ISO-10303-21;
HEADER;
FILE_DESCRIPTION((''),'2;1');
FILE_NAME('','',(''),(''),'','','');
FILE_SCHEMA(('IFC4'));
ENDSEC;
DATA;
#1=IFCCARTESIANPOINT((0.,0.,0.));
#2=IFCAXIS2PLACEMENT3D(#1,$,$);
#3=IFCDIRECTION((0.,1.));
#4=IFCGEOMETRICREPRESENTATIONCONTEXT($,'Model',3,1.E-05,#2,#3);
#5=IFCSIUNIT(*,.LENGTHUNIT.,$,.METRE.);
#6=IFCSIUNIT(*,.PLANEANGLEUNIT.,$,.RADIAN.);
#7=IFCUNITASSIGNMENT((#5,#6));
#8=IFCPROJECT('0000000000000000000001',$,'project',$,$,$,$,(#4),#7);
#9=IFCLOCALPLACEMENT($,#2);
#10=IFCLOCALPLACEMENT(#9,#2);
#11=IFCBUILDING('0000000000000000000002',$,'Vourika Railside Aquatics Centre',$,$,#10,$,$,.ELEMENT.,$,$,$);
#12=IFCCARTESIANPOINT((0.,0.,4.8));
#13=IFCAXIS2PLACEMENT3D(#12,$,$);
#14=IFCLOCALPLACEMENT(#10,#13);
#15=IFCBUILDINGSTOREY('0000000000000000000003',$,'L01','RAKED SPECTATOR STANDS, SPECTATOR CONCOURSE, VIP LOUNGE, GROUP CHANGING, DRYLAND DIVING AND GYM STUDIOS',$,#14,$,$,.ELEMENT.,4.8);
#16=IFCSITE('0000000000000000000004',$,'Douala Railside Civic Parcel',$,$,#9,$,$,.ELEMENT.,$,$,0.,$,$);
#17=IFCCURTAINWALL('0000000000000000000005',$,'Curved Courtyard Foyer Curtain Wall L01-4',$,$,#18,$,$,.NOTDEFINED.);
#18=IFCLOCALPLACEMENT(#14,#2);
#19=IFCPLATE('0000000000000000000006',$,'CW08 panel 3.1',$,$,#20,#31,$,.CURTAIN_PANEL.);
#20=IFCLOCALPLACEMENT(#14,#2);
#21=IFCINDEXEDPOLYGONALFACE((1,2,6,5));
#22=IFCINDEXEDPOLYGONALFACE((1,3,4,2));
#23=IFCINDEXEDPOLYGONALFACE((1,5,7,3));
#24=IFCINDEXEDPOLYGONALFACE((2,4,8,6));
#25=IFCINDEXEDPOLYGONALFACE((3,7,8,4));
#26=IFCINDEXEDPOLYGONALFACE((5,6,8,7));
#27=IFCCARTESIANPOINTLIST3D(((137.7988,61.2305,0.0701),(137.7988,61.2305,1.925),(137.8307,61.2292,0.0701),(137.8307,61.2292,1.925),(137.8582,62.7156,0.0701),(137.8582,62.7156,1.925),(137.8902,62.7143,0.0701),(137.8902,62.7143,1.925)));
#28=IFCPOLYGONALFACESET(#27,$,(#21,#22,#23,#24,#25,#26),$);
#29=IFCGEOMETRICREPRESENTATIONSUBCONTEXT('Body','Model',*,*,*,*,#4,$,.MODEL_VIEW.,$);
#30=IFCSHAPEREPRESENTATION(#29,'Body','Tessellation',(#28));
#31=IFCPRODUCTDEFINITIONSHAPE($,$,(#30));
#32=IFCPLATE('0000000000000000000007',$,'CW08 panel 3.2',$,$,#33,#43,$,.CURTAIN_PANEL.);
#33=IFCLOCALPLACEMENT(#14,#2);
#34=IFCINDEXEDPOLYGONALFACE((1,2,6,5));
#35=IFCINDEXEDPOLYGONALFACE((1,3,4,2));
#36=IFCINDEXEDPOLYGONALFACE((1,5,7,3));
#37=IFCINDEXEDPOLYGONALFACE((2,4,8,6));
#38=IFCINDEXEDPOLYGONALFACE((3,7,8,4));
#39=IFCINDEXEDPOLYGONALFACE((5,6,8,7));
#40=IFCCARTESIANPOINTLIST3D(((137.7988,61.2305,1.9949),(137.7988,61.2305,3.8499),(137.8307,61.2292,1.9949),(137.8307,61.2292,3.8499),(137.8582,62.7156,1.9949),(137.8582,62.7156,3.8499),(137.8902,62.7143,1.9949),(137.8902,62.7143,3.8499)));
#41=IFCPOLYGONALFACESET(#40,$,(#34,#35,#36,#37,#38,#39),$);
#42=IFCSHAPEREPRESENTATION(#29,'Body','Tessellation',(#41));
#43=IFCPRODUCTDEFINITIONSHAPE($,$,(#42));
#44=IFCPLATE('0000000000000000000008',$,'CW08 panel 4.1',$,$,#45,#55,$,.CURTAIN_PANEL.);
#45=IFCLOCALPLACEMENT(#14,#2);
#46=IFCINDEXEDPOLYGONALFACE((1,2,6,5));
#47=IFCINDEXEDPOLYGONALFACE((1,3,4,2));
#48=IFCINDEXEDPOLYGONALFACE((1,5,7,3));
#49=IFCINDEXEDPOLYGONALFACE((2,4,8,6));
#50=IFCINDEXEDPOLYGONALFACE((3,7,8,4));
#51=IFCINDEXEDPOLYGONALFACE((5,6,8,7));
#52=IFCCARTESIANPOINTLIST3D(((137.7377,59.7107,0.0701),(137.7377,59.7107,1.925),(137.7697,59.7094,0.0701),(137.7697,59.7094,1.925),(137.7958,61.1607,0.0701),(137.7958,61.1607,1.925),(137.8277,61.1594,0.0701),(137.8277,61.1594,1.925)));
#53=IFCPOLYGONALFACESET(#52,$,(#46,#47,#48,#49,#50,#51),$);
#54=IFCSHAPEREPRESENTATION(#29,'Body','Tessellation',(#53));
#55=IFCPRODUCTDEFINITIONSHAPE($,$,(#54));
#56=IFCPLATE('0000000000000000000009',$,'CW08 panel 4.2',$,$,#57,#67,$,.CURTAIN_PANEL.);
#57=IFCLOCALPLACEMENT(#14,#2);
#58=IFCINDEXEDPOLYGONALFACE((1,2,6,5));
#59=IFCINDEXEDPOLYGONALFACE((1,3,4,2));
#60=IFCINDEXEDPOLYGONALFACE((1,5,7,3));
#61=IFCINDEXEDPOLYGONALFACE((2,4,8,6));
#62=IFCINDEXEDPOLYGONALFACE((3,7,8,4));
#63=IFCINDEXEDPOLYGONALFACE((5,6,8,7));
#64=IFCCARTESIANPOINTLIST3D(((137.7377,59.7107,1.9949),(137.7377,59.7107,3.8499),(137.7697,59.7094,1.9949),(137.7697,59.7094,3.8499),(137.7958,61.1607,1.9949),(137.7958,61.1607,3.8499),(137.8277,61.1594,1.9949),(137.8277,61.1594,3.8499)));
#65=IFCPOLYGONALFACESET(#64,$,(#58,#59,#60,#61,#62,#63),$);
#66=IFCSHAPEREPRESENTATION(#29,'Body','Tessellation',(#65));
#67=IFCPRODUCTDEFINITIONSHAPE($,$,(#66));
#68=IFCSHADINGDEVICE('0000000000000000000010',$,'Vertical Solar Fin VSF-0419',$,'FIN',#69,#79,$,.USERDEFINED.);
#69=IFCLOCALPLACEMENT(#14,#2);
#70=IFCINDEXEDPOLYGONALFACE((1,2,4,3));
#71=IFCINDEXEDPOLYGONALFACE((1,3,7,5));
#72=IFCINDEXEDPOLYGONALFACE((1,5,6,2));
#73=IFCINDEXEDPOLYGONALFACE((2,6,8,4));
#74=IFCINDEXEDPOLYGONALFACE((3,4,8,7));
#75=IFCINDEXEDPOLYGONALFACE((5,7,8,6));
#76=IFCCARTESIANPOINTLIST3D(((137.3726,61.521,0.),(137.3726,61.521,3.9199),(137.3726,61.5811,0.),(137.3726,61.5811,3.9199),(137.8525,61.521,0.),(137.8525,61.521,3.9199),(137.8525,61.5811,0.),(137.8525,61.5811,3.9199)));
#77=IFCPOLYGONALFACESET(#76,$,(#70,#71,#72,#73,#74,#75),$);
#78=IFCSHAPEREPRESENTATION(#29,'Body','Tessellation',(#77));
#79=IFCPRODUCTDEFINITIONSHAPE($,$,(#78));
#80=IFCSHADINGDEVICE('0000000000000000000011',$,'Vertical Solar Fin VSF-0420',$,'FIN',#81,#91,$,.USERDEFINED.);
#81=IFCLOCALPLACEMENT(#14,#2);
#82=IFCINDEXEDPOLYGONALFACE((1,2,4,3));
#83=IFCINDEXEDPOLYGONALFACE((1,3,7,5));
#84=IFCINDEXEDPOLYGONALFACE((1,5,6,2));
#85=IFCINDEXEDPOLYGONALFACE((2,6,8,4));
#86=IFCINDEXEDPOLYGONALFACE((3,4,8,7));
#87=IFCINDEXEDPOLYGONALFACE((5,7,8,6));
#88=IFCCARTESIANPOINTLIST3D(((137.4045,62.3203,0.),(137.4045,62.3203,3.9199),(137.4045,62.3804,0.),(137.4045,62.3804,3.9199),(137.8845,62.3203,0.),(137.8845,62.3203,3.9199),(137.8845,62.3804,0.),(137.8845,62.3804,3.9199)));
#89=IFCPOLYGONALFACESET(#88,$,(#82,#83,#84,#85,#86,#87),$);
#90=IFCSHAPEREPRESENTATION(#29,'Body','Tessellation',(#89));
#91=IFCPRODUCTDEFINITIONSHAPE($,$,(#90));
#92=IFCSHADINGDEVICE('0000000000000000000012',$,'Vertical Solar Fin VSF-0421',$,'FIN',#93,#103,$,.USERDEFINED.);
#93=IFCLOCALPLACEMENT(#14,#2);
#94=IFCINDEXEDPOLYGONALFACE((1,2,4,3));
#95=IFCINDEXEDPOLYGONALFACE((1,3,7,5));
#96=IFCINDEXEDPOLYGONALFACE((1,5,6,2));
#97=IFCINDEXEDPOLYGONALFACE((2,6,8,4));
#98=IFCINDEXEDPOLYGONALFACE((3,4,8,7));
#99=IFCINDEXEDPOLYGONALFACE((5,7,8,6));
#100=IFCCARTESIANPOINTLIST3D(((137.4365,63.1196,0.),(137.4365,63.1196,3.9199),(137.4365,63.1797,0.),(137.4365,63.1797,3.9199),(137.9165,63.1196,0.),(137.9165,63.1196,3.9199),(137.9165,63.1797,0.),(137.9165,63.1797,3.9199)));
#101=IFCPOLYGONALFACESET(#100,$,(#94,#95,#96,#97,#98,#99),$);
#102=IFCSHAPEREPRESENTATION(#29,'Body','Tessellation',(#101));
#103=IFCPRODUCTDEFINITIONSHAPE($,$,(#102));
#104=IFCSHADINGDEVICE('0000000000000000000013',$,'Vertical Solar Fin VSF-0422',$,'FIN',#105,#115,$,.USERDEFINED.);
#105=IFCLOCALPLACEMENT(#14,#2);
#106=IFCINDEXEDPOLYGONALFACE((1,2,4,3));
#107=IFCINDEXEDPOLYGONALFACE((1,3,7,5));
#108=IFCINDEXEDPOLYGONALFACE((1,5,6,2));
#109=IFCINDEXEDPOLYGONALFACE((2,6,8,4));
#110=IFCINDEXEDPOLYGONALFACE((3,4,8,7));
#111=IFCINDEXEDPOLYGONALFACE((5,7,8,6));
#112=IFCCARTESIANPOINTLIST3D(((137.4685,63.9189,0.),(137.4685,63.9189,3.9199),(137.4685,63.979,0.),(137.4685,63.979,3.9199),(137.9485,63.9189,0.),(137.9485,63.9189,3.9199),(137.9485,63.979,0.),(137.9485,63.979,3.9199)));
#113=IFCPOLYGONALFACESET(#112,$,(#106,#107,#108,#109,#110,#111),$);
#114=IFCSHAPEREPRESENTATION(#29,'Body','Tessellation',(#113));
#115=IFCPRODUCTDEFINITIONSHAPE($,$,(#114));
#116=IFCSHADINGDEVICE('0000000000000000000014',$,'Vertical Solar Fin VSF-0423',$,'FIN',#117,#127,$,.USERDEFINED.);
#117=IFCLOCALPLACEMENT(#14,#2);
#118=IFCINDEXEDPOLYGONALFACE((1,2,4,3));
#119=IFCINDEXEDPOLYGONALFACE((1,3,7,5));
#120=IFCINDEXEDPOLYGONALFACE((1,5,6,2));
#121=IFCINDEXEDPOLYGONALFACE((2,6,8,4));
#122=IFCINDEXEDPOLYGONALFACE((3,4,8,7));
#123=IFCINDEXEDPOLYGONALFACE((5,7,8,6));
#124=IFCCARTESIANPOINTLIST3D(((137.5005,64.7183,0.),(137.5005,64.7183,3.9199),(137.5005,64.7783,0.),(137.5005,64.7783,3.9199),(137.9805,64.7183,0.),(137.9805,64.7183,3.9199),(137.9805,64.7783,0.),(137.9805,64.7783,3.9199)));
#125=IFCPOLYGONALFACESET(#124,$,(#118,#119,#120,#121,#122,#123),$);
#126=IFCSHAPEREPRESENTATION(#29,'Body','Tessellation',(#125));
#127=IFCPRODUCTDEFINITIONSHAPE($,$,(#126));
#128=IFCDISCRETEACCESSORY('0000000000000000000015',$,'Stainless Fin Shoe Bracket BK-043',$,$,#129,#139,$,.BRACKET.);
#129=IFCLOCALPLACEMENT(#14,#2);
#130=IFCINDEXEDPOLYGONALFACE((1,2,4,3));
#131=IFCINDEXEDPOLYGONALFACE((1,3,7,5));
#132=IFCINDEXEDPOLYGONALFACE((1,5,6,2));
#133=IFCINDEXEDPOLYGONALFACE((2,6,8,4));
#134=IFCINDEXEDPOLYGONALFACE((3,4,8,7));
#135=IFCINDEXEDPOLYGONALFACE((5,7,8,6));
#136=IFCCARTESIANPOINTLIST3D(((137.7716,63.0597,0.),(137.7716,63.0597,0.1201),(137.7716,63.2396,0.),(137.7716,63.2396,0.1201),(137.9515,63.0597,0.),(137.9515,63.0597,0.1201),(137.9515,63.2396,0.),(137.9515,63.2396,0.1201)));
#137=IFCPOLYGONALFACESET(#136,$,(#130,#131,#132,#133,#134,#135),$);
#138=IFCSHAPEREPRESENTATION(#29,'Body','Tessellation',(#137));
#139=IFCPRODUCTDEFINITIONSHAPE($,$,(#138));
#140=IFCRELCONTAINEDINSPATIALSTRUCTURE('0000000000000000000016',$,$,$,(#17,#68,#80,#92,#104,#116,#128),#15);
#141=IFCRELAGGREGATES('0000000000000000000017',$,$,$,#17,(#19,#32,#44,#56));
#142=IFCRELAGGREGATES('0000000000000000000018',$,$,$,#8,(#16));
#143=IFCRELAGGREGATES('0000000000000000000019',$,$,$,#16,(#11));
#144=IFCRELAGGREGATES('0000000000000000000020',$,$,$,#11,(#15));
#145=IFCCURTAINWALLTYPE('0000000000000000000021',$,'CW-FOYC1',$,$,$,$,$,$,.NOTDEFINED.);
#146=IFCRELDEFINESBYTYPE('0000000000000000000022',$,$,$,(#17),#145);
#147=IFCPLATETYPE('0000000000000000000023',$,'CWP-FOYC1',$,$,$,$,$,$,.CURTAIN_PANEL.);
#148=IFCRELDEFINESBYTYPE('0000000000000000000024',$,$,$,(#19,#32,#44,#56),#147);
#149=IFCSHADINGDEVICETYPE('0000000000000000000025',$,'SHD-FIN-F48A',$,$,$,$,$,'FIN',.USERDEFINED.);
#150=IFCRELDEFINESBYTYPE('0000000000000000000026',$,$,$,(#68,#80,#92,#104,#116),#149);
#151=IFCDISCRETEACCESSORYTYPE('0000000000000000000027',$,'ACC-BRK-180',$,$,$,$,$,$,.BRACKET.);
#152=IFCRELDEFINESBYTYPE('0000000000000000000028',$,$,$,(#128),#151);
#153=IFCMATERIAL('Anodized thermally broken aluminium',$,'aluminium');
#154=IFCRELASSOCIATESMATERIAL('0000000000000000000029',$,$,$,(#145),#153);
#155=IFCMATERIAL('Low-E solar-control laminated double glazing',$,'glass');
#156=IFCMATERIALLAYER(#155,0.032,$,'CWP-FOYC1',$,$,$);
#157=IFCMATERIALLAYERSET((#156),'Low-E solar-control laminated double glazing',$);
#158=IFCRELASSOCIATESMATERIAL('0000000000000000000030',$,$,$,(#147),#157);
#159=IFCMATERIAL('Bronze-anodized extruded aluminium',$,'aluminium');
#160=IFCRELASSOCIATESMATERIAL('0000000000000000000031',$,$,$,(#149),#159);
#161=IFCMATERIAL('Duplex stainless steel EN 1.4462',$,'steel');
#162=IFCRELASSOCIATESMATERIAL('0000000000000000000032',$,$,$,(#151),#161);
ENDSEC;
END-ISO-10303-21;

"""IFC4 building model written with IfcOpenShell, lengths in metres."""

from ifc_helpers import new_model, si_unit, direction, frame, origin, origin_2d, place, context, subcontext, project, spatial, rectangle, extrude, material, layer, layer_set, material_profile, profile_set, type_object, element, aggregate, save


model = new_model("IFC4")

# Units and contexts
model_context = context("Model", 3, precision=1e-05, world=origin(), true_north=direction((0.0, 1.0)))
body_context = subcontext(model_context, "Body", "Model", "MODEL_VIEW")
ifc_project = project(units=[si_unit("LENGTHUNIT", "METRE"), si_unit("PLANEANGLEUNIT", "RADIAN")], contexts=[model_context])

# Site, building, storey
site_placement = place(None, origin())
site = spatial("IfcSite", under=ifc_project, at=site_placement, Name="Douala Railside Civic Parcel", CompositionType="ELEMENT", RefElevation=0.0)
building_placement = place(site_placement, origin())
building = spatial("IfcBuilding", under=site, at=building_placement, Name="Vourika Railside Aquatics Centre", CompositionType="ELEMENT")
storey_placement = place(building_placement, frame((0.0, 0.0, 4.8)))
storey = spatial("IfcBuildingStorey", under=building, at=storey_placement, Name="L01", Description="RAKED SPECTATOR STANDS, SPECTATOR CONCOURSE, VIP LOUNGE, GROUP CHANGING, DRYLAND DIVING AND GYM STUDIOS", CompositionType="ELEMENT", Elevation=4.8)

# Shared definitions
ifc_material_1 = material(Name="Anodized thermally broken aluminium", Category="aluminium")
curtain_wall_type = type_object("IfcCurtainWallType", Name="CW-FOYC1", PredefinedType="NOTDEFINED", material=ifc_material_1)

# Curtain wall
curtain_wall_1_placement = place(storey_placement, origin())
curtain_wall_1 = element("IfcCurtainWall", 1, at=curtain_wall_1_placement, inside=storey, type_object=curtain_wall_type, Name="Curved Courtyard Foyer Curtain Wall L01-4", PredefinedType="NOTDEFINED")

# Plates
ifc_material_2 = material(Name="Low-E solar-control laminated double glazing", Category="glass")
ifc_layer = layer(ifc_material_2, 0.032, Name="CWP-FOYC1")
ifc_layer_set = layer_set([ifc_layer], Name="Low-E solar-control laminated double glazing")
plate_type = type_object("IfcPlateType", Name="CWP-FOYC1", PredefinedType="CURTAIN_PANEL", material=ifc_layer_set)
plate_1_placement = place(storey_placement, frame((137.8445, 61.9724, 0.0701), z_axis=(0.0, 0.0, 1.0), x_axis=(-0.04, -0.9992, 0.0)))
plate_1 = element("IfcPlate", 2, at=plate_1_placement, type_object=plate_type, Name="CW08 panel 3.1", PredefinedType="CURTAIN_PANEL", context=body_context, shape_type="SweptSolid", body=[
    extrude(rectangle(XDim=1.4863, YDim=0.032, at=origin_2d()), origin(), (0.0, 0.0, 1.0), 1.855),
])
plate_2_placement = place(storey_placement, frame((137.8445, 61.9724, 1.9949), z_axis=(0.0, 0.0, 1.0), x_axis=(-0.04, -0.9992, 0.0)))
plate_2 = element("IfcPlate", 3, at=plate_2_placement, type_object=plate_type, Name="CW08 panel 3.2", PredefinedType="CURTAIN_PANEL", context=body_context, shape_type="SweptSolid", body=[
    extrude(rectangle(XDim=1.4863, YDim=0.032, at=origin_2d()), origin(), (0.0, 0.0, 1.0), 1.855),
])
plate_3_placement = place(storey_placement, frame((137.7827, 60.4351, 0.0701), z_axis=(0.0, 0.0, 1.0), x_axis=(-0.04, -0.9992, 0.0)))
plate_3 = element("IfcPlate", 4, at=plate_3_placement, type_object=plate_type, Name="CW08 panel 4.1", PredefinedType="CURTAIN_PANEL", context=body_context, shape_type="SweptSolid", body=[
    extrude(rectangle(XDim=1.4512, YDim=0.032, at=origin_2d()), origin(), (0.0, 0.0, 1.0), 1.855),
])
plate_4_placement = place(storey_placement, frame((137.7827, 60.4351, 1.9949), z_axis=(0.0, 0.0, 1.0), x_axis=(-0.04, -0.9992, 0.0)))
plate_4 = element("IfcPlate", 5, at=plate_4_placement, type_object=plate_type, Name="CW08 panel 4.2", PredefinedType="CURTAIN_PANEL", context=body_context, shape_type="SweptSolid", body=[
    extrude(rectangle(XDim=1.4512, YDim=0.032, at=origin_2d()), origin(), (0.0, 0.0, 1.0), 1.855),
])
aggregate(curtain_wall_1, [plate_1, plate_2, plate_3, plate_4])

# Shading devices
ifc_material_3 = material(Name="Bronze-anodized extruded aluminium", Category="aluminium")
ifc_material_profile_1 = material_profile(ifc_material_3, rectangle(XDim=0.0601, YDim=0.48, at=origin_2d()), Name="ALU-FIN 60x480")
ifc_profile_set_1 = profile_set([ifc_material_profile_1], Name="Bronze-anodized extruded aluminium")
shading_device_type = type_object("IfcShadingDeviceType", Name="SHD-FIN-F48A", ElementType="FIN", PredefinedType="USERDEFINED", material=ifc_profile_set_1)
for number, where, z_axis, x_axis, name in (
    (6, (137.6125, 61.551, 0.0), (0.0, 0.0, 1.0), (0.0, 1.0, 0.0), "Vertical Solar Fin VSF-0419"),
    (7, (137.6445, 62.3503, 0.0), (0.0, 0.0, 1.0), (0.0, 1.0, 0.0), "Vertical Solar Fin VSF-0420"),
    (8, (137.6765, 63.1497, 0.0), (0.0, 0.0, 1.0), (0.0, 1.0, 0.0), "Vertical Solar Fin VSF-0421"),
    (9, (137.7085, 63.949, 0.0), (0.0, 0.0, 1.0), (0.0, 1.0, 0.0), "Vertical Solar Fin VSF-0422"),
    (10, (137.7405, 64.7483, 0.0), (0.0, 0.0, 1.0), (0.0, 1.0, 0.0), "Vertical Solar Fin VSF-0423"),
):
    element("IfcShadingDevice", number, at=place(storey_placement, frame(where, z_axis=z_axis, x_axis=x_axis)), inside=storey, type_object=shading_device_type, Name=name, ObjectType="FIN", PredefinedType="USERDEFINED", context=body_context, shape_type="SweptSolid", body=[
        extrude(rectangle(XDim=0.0601, YDim=0.48, at=origin_2d()), origin(), (0.0, 0.0, 1.0), 3.9199),
    ])

# Discrete accessory
ifc_material_4 = material(Name="Duplex stainless steel EN 1.4462", Category="steel")
discrete_accessory_type = type_object("IfcDiscreteAccessoryType", Name="ACC-BRK-180", PredefinedType="BRACKET", material=ifc_material_4)
discrete_accessory_placement = place(storey_placement, frame((137.8616, 63.1497, 0.0), z_axis=(0.0, 0.0, 1.0), x_axis=(-1.0, 0.0, 0.0)))
element("IfcDiscreteAccessory", 11, at=discrete_accessory_placement, inside=storey, type_object=discrete_accessory_type, Name="Stainless Fin Shoe Bracket BK-043", PredefinedType="BRACKET", context=body_context, shape_type="SweptSolid", body=[
    extrude(rectangle(XDim=0.1799, YDim=0.1799, at=origin_2d()), origin(), (0.0, 0.0, 1.0), 0.1201),
])

save(model, "model.ifc")
